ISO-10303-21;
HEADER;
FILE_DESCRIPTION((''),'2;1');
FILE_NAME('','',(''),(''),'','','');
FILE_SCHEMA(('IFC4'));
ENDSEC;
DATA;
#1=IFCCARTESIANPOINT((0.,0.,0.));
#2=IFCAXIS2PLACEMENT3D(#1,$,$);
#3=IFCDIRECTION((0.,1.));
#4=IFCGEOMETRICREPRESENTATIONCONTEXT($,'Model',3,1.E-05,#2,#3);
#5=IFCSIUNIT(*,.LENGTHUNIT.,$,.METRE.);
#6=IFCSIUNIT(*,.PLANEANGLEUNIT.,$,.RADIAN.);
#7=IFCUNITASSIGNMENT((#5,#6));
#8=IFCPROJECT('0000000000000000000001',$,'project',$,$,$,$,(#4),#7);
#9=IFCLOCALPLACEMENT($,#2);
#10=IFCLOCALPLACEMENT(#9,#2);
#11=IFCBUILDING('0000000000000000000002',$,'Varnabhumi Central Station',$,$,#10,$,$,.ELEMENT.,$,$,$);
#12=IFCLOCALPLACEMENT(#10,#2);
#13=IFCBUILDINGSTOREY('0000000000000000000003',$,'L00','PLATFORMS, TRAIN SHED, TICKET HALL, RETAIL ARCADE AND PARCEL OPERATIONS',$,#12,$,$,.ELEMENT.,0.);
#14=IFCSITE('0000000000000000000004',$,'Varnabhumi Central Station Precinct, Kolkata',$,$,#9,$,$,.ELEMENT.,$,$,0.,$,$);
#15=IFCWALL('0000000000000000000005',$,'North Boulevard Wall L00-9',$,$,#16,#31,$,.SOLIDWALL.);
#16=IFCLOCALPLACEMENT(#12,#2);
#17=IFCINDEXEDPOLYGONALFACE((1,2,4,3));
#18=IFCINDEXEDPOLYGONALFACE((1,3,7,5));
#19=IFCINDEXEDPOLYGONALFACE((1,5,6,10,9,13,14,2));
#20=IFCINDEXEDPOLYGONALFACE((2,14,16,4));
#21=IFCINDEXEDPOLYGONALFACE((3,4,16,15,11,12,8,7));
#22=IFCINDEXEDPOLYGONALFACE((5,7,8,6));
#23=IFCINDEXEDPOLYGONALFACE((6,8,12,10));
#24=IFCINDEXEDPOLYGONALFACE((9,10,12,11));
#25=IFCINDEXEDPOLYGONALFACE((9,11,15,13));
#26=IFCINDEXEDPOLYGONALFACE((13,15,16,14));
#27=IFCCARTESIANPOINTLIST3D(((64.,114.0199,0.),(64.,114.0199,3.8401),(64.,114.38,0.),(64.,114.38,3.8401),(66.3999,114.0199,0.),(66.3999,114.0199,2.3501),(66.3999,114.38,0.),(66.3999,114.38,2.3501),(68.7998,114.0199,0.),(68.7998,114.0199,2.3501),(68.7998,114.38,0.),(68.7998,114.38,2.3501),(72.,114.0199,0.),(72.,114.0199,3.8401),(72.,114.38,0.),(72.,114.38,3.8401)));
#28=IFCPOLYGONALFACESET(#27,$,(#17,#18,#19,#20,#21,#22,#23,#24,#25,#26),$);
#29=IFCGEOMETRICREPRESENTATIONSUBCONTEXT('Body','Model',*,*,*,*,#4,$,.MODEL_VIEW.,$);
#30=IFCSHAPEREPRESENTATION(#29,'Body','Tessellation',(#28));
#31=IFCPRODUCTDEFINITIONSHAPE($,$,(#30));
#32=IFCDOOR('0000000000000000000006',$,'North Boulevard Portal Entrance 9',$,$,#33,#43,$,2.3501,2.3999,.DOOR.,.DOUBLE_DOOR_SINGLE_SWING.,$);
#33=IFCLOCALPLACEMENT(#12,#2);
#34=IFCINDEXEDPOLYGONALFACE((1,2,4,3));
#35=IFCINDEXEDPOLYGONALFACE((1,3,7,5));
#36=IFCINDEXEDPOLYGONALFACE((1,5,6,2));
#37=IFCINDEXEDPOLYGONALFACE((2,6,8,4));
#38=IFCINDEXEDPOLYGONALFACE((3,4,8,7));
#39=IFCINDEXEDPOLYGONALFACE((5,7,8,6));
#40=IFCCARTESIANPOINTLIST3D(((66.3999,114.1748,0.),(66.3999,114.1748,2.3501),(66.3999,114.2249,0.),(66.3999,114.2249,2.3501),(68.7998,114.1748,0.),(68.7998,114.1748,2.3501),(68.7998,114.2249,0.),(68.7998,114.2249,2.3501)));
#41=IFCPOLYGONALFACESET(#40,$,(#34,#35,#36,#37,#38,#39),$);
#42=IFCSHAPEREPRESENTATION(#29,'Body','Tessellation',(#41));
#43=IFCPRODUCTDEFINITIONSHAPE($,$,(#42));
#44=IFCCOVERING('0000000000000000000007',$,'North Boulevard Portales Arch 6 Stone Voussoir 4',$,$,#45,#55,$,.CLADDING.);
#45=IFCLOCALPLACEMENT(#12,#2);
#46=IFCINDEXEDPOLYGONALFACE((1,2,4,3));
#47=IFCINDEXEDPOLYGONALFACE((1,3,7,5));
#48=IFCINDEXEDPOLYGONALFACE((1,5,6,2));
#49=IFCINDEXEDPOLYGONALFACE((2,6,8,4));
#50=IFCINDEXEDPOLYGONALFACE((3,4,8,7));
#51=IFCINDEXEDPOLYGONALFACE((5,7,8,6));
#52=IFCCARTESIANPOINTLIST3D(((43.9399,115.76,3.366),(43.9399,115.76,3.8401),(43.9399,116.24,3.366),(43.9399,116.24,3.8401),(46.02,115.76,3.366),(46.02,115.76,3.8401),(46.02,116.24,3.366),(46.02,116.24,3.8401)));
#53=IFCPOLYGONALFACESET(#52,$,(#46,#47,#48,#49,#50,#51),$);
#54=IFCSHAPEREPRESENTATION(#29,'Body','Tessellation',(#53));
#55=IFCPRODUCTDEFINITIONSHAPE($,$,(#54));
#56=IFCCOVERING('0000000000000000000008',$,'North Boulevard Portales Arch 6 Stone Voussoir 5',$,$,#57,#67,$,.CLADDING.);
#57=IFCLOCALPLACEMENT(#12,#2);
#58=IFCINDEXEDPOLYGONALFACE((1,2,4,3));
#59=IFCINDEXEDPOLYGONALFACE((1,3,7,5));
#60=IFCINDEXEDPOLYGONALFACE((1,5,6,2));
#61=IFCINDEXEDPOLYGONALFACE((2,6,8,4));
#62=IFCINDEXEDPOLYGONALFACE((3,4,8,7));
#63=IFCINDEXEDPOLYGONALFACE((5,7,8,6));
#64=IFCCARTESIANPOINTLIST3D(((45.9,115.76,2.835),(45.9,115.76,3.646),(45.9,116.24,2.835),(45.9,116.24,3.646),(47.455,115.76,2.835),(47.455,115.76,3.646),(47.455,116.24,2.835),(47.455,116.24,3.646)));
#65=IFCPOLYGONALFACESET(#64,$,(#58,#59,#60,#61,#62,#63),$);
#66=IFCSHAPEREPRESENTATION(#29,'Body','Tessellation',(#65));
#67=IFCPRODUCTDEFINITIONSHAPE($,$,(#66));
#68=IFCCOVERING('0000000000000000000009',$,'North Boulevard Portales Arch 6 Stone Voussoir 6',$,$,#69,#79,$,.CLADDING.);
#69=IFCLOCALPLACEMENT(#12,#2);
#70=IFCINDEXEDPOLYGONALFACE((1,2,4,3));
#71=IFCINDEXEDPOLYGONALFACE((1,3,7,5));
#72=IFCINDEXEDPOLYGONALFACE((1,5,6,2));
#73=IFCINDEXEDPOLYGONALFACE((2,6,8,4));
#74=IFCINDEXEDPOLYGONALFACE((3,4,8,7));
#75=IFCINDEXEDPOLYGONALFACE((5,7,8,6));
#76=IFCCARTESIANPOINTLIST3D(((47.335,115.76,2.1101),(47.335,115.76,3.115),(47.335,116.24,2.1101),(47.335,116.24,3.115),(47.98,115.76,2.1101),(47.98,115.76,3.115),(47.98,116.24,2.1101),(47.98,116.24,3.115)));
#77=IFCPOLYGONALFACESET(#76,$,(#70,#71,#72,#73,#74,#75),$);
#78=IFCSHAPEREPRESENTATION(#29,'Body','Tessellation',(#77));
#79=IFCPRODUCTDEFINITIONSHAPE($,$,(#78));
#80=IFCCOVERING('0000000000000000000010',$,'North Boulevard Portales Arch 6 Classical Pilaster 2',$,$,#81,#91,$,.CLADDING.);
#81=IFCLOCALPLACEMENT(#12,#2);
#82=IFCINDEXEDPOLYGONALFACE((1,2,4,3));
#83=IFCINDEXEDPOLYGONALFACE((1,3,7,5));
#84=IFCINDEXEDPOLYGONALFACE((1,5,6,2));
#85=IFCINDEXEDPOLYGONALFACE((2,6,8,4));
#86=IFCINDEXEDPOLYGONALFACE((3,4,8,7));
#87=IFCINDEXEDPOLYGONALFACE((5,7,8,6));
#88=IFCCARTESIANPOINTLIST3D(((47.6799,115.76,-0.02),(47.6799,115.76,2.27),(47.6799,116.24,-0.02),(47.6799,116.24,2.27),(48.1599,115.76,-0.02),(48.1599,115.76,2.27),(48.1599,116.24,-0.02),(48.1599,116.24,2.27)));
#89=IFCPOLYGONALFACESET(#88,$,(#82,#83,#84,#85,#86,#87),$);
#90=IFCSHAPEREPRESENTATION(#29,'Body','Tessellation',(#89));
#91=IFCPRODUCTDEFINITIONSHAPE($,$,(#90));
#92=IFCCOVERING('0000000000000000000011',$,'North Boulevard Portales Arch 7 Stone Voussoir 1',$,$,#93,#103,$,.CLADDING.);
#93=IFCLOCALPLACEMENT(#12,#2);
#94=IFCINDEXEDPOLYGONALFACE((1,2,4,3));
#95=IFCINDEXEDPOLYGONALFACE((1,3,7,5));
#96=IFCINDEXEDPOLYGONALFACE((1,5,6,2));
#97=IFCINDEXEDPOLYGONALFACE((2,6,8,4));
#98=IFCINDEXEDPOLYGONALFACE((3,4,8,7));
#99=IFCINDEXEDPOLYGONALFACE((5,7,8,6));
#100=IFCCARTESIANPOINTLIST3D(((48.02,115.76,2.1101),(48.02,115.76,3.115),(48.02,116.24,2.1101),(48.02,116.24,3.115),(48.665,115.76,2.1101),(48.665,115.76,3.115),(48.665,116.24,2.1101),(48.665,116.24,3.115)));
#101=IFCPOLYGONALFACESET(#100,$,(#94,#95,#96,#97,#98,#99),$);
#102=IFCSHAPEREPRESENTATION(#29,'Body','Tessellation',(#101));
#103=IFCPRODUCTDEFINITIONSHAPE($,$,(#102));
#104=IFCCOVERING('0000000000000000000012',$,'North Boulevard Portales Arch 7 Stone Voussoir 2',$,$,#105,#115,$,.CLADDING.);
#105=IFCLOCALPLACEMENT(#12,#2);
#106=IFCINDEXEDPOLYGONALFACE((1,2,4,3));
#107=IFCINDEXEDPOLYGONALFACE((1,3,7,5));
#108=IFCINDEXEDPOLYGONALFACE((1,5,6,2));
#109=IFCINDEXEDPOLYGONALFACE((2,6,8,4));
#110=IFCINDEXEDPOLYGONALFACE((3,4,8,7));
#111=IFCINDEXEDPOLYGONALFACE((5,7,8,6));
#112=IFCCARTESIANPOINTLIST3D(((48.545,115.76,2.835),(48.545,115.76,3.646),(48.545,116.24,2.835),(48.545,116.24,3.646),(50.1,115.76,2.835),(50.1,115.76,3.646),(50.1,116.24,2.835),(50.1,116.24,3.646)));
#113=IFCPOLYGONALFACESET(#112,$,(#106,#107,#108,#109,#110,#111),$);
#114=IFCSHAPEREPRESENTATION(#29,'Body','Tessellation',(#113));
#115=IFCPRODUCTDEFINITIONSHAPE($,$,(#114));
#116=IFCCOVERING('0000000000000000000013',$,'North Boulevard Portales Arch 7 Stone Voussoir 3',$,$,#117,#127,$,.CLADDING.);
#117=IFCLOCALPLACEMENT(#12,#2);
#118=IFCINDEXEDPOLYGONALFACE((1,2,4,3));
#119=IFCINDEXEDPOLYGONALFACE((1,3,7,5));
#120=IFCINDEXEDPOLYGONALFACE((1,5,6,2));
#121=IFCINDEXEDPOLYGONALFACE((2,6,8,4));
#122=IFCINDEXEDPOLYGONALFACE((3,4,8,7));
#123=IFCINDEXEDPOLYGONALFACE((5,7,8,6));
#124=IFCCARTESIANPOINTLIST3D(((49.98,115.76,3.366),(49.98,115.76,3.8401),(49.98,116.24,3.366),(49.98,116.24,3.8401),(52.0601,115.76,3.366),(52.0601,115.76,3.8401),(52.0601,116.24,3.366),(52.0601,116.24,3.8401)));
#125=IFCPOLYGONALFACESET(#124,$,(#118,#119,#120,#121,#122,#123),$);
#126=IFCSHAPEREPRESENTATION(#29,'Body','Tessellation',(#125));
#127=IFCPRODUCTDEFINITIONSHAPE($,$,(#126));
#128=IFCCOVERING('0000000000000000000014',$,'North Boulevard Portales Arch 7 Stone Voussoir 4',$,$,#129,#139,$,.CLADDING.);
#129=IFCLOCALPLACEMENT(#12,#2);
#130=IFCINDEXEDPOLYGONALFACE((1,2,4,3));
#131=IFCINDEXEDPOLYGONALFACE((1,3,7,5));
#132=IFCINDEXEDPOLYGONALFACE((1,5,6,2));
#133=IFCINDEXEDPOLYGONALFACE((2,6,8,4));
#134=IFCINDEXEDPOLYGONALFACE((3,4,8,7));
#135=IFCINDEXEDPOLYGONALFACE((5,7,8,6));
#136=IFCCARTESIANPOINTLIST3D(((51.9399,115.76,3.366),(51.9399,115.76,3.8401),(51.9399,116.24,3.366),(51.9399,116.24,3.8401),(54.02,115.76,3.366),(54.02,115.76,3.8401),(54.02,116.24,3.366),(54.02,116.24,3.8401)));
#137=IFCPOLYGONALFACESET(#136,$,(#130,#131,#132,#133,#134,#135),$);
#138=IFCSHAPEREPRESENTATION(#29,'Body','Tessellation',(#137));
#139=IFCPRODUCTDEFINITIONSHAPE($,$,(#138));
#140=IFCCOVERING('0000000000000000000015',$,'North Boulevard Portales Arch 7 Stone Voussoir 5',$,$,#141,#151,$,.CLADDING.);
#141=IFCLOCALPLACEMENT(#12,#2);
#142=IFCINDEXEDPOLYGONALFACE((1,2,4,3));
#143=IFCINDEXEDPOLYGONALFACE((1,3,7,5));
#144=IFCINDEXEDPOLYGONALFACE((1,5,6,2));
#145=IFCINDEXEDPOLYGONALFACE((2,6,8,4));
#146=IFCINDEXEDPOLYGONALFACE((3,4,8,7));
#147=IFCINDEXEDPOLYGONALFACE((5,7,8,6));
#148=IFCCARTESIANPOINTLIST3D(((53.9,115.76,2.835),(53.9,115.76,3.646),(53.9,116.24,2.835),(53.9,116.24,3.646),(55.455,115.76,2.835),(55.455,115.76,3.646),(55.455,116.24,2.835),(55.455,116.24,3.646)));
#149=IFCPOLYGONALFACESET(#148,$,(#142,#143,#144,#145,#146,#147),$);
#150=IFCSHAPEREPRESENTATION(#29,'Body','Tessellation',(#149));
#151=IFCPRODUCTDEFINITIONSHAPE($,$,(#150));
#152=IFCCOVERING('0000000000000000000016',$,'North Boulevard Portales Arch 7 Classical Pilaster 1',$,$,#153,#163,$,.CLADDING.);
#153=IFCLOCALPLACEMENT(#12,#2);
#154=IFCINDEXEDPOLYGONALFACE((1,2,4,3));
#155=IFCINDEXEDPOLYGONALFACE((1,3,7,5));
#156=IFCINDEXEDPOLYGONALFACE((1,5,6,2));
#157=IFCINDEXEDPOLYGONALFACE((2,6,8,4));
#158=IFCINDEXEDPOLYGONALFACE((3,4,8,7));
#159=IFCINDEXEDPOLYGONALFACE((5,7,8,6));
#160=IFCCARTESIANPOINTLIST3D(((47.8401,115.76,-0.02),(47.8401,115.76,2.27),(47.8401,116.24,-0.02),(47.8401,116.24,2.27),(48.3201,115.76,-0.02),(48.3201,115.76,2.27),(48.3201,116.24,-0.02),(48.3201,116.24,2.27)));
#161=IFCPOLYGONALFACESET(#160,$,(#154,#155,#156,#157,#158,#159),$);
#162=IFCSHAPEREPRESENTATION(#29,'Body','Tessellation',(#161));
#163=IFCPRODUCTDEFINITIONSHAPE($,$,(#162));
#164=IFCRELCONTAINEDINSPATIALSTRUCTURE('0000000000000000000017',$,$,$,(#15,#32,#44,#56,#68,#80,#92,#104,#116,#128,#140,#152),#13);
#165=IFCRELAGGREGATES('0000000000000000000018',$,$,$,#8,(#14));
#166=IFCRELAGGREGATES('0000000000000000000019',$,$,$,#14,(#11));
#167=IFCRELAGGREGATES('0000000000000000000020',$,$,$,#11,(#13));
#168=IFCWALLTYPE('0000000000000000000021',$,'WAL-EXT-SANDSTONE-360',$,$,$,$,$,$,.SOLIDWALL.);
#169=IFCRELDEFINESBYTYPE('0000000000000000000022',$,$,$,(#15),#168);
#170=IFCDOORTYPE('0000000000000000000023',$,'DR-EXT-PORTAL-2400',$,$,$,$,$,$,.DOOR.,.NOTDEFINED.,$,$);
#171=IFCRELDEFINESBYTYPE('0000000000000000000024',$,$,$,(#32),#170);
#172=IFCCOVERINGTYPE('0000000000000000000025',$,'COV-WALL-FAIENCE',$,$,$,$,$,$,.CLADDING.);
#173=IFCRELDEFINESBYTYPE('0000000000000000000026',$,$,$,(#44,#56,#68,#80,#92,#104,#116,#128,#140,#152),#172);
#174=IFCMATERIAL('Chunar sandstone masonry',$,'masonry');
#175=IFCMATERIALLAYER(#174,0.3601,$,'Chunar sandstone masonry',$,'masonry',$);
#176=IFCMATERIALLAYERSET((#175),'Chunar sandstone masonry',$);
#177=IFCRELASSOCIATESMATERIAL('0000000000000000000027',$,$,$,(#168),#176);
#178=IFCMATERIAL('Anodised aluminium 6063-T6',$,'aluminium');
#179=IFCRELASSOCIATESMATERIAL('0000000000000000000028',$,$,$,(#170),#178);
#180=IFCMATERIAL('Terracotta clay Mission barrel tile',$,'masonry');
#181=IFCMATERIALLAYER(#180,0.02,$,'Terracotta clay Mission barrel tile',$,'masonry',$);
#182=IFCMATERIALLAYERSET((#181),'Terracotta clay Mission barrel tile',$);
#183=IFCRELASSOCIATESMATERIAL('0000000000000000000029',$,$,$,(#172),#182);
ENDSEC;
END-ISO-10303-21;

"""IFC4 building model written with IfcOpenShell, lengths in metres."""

from ifc_helpers import new_model, si_unit, direction, frame, frame_2d, origin, origin_2d, place, context, subcontext, project, spatial, rectangle, extrude, material, layer, layer_set, type_object, element, fill, save


model = new_model("IFC4")

# Units and contexts
model_context = context("Model", 3, precision=1e-05, world=origin(), true_north=direction((0.0, 1.0)))
body_context = subcontext(model_context, "Body", "Model", "MODEL_VIEW")
ifc_project = project(units=[si_unit("LENGTHUNIT", "METRE"), si_unit("PLANEANGLEUNIT", "RADIAN")], contexts=[model_context])

# Site, building, storey
site_placement = place(None, origin())
site = spatial("IfcSite", under=ifc_project, at=site_placement, Name="Varnabhumi Central Station Precinct, Kolkata", CompositionType="ELEMENT", RefElevation=0.0)
building_placement = place(site_placement, origin())
building = spatial("IfcBuilding", under=site, at=building_placement, Name="Varnabhumi Central Station", CompositionType="ELEMENT")
storey_placement = place(building_placement, origin())
storey = spatial("IfcBuildingStorey", under=building, at=storey_placement, Name="L00", Description="PLATFORMS, TRAIN SHED, TICKET HALL, RETAIL ARCADE AND PARCEL OPERATIONS", CompositionType="ELEMENT", Elevation=0.0)

# Shared definitions
ifc_material_1 = material(Name="Chunar sandstone masonry", Category="masonry")
ifc_layer_1 = layer(ifc_material_1, 0.3601, Name="Chunar sandstone masonry", Category="masonry")
ifc_layer_set_1 = layer_set([ifc_layer_1], Name="Chunar sandstone masonry")
wall_type = type_object("IfcWallType", Name="WAL-EXT-SANDSTONE-360", PredefinedType="SOLIDWALL", material=ifc_layer_set_1)
ifc_material_2 = material(Name="Anodised aluminium 6063-T6", Category="aluminium")
door_type = type_object("IfcDoorType", Name="DR-EXT-PORTAL-2400", OperationType="NOTDEFINED", PredefinedType="DOOR", material=ifc_material_2)

# Wall, opening, door
wall_1_placement = place(storey_placement, frame((64.0, 114.2, 0.0), z_axis=(0.0, 0.0, 1.0), x_axis=(1.0, 0.0, 0.0)))
wall_1 = element("IfcWall", 1, at=wall_1_placement, inside=storey, type_object=wall_type, Name="North Boulevard Wall L00-9", PredefinedType="SOLIDWALL", context=body_context, shape_type="SweptSolid", body=[
    extrude(rectangle(XDim=8.0, YDim=0.3601, at=frame_2d((4.0, 0.0))), origin(), (0.0, 0.0, 1.0), 3.8401),
])
opening_1_placement = place(wall_1_placement, frame((2.3999, 0.0, 0.0)))
opening_1 = element("IfcOpeningElement", 2, at=opening_1_placement, cuts=wall_1, PredefinedType="OPENING", context=body_context, shape_type="SweptSolid", body=[
    extrude(rectangle(XDim=2.3999, YDim=2.3501, at=frame_2d((1.2, 1.175))), frame((0.0, 0.1899, 0.0), z_axis=(0.0, -1.0, 0.0), x_axis=(1.0, 0.0, 0.0)), (0.0, 0.0, 1.0), 0.3801),
])
door_1_placement = place(opening_1_placement, origin())
door_1 = element("IfcDoor", 3, at=door_1_placement, inside=storey, type_object=door_type, Name="North Boulevard Portal Entrance 9", OperationType="DOUBLE_DOOR_SINGLE_SWING", OverallHeight=2.3501, OverallWidth=2.3999, PredefinedType="DOOR", context=body_context, shape_type="SweptSolid", body=[
    extrude(rectangle(XDim=2.3999, YDim=2.3501, at=frame_2d((1.2, 1.175))), frame((0.0, 0.0249, 0.0), z_axis=(0.0, -1.0, 0.0), x_axis=(1.0, 0.0, 0.0)), (0.0, 0.0, 1.0), 0.05),
])
fill(opening_1, door_1)

# Coverings
ifc_material_3 = material(Name="Terracotta clay Mission barrel tile", Category="masonry")
ifc_layer_2 = layer(ifc_material_3, 0.02, Name="Terracotta clay Mission barrel tile", Category="masonry")
ifc_layer_set_2 = layer_set([ifc_layer_2], Name="Terracotta clay Mission barrel tile")
covering_type = type_object("IfcCoveringType", Name="COV-WALL-FAIENCE", PredefinedType="CLADDING", material=ifc_layer_set_2)
covering_1_placement = place(storey_placement, frame((44.98, 116.0, 3.366), z_axis=(0.0, 0.0, 1.0), x_axis=(1.0, 0.0, 0.0)))
element("IfcCovering", 4, at=covering_1_placement, inside=storey, type_object=covering_type, Name="North Boulevard Portales Arch 6 Stone Voussoir 4", PredefinedType="CLADDING", context=body_context, shape_type="SweptSolid", body=[
    extrude(rectangle(XDim=2.0801, YDim=0.48, at=origin_2d()), origin(), (0.0, 0.0, 1.0), 0.4741),
])
covering_2_placement = place(storey_placement, frame((46.6775, 116.0, 2.835), z_axis=(0.0, 0.0, 1.0), x_axis=(1.0, 0.0, 0.0)))
element("IfcCovering", 5, at=covering_2_placement, inside=storey, type_object=covering_type, Name="North Boulevard Portales Arch 6 Stone Voussoir 5", PredefinedType="CLADDING", context=body_context, shape_type="SweptSolid", body=[
    extrude(rectangle(XDim=1.5549, YDim=0.48, at=origin_2d()), origin(), (0.0, 0.0, 1.0), 0.811),
])
covering_3_placement = place(storey_placement, frame((47.6575, 116.0, 2.1101), z_axis=(0.0, 0.0, 1.0), x_axis=(1.0, 0.0, 0.0)))
element("IfcCovering", 6, at=covering_3_placement, inside=storey, type_object=covering_type, Name="North Boulevard Portales Arch 6 Stone Voussoir 6", PredefinedType="CLADDING", context=body_context, shape_type="SweptSolid", body=[
    extrude(rectangle(XDim=0.645, YDim=0.48, at=origin_2d()), origin(), (0.0, 0.0, 1.0), 1.0049),
])
covering_4_placement = place(storey_placement, frame((47.9199, 116.0, -0.02), z_axis=(0.0, 0.0, 1.0), x_axis=(1.0, 0.0, 0.0)))
element("IfcCovering", 7, at=covering_4_placement, inside=storey, type_object=covering_type, Name="North Boulevard Portales Arch 6 Classical Pilaster 2", PredefinedType="CLADDING", context=body_context, shape_type="SweptSolid", body=[
    extrude(rectangle(XDim=0.48, YDim=0.48, at=origin_2d()), origin(), (0.0, 0.0, 1.0), 2.29),
])
covering_5_placement = place(storey_placement, frame((48.3425, 116.0, 2.1101), z_axis=(0.0, 0.0, 1.0), x_axis=(1.0, 0.0, 0.0)))
element("IfcCovering", 8, at=covering_5_placement, inside=storey, type_object=covering_type, Name="North Boulevard Portales Arch 7 Stone Voussoir 1", PredefinedType="CLADDING", context=body_context, shape_type="SweptSolid", body=[
    extrude(rectangle(XDim=0.645, YDim=0.48, at=origin_2d()), origin(), (0.0, 0.0, 1.0), 1.0049),
])
covering_6_placement = place(storey_placement, frame((49.3225, 116.0, 2.835), z_axis=(0.0, 0.0, 1.0), x_axis=(1.0, 0.0, 0.0)))
element("IfcCovering", 9, at=covering_6_placement, inside=storey, type_object=covering_type, Name="North Boulevard Portales Arch 7 Stone Voussoir 2", PredefinedType="CLADDING", context=body_context, shape_type="SweptSolid", body=[
    extrude(rectangle(XDim=1.5549, YDim=0.48, at=origin_2d()), origin(), (0.0, 0.0, 1.0), 0.811),
])
for number, where, z_axis, x_axis, name in (
    (10, (51.02, 116.0, 3.366), (0.0, 0.0, 1.0), (1.0, 0.0, 0.0), "North Boulevard Portales Arch 7 Stone Voussoir 3"),
    (11, (52.98, 116.0, 3.366), (0.0, 0.0, 1.0), (1.0, 0.0, 0.0), "North Boulevard Portales Arch 7 Stone Voussoir 4"),
):
    element("IfcCovering", number, at=place(storey_placement, frame(where, z_axis=z_axis, x_axis=x_axis)), inside=storey, type_object=covering_type, Name=name, PredefinedType="CLADDING", context=body_context, shape_type="SweptSolid", body=[
        extrude(rectangle(XDim=2.0801, YDim=0.48, at=origin_2d()), origin(), (0.0, 0.0, 1.0), 0.4741),
    ])
covering_7_placement = place(storey_placement, frame((54.6775, 116.0, 2.835), z_axis=(0.0, 0.0, 1.0), x_axis=(1.0, 0.0, 0.0)))
element("IfcCovering", 12, at=covering_7_placement, inside=storey, type_object=covering_type, Name="North Boulevard Portales Arch 7 Stone Voussoir 5", PredefinedType="CLADDING", context=body_context, shape_type="SweptSolid", body=[
    extrude(rectangle(XDim=1.5549, YDim=0.48, at=origin_2d()), origin(), (0.0, 0.0, 1.0), 0.811),
])
covering_8_placement = place(storey_placement, frame((48.0801, 116.0, -0.02), z_axis=(0.0, 0.0, 1.0), x_axis=(1.0, 0.0, 0.0)))
element("IfcCovering", 13, at=covering_8_placement, inside=storey, type_object=covering_type, Name="North Boulevard Portales Arch 7 Classical Pilaster 1", PredefinedType="CLADDING", context=body_context, shape_type="SweptSolid", body=[
    extrude(rectangle(XDim=0.48, YDim=0.48, at=origin_2d()), origin(), (0.0, 0.0, 1.0), 2.29),
])

save(model, "model.ifc")
